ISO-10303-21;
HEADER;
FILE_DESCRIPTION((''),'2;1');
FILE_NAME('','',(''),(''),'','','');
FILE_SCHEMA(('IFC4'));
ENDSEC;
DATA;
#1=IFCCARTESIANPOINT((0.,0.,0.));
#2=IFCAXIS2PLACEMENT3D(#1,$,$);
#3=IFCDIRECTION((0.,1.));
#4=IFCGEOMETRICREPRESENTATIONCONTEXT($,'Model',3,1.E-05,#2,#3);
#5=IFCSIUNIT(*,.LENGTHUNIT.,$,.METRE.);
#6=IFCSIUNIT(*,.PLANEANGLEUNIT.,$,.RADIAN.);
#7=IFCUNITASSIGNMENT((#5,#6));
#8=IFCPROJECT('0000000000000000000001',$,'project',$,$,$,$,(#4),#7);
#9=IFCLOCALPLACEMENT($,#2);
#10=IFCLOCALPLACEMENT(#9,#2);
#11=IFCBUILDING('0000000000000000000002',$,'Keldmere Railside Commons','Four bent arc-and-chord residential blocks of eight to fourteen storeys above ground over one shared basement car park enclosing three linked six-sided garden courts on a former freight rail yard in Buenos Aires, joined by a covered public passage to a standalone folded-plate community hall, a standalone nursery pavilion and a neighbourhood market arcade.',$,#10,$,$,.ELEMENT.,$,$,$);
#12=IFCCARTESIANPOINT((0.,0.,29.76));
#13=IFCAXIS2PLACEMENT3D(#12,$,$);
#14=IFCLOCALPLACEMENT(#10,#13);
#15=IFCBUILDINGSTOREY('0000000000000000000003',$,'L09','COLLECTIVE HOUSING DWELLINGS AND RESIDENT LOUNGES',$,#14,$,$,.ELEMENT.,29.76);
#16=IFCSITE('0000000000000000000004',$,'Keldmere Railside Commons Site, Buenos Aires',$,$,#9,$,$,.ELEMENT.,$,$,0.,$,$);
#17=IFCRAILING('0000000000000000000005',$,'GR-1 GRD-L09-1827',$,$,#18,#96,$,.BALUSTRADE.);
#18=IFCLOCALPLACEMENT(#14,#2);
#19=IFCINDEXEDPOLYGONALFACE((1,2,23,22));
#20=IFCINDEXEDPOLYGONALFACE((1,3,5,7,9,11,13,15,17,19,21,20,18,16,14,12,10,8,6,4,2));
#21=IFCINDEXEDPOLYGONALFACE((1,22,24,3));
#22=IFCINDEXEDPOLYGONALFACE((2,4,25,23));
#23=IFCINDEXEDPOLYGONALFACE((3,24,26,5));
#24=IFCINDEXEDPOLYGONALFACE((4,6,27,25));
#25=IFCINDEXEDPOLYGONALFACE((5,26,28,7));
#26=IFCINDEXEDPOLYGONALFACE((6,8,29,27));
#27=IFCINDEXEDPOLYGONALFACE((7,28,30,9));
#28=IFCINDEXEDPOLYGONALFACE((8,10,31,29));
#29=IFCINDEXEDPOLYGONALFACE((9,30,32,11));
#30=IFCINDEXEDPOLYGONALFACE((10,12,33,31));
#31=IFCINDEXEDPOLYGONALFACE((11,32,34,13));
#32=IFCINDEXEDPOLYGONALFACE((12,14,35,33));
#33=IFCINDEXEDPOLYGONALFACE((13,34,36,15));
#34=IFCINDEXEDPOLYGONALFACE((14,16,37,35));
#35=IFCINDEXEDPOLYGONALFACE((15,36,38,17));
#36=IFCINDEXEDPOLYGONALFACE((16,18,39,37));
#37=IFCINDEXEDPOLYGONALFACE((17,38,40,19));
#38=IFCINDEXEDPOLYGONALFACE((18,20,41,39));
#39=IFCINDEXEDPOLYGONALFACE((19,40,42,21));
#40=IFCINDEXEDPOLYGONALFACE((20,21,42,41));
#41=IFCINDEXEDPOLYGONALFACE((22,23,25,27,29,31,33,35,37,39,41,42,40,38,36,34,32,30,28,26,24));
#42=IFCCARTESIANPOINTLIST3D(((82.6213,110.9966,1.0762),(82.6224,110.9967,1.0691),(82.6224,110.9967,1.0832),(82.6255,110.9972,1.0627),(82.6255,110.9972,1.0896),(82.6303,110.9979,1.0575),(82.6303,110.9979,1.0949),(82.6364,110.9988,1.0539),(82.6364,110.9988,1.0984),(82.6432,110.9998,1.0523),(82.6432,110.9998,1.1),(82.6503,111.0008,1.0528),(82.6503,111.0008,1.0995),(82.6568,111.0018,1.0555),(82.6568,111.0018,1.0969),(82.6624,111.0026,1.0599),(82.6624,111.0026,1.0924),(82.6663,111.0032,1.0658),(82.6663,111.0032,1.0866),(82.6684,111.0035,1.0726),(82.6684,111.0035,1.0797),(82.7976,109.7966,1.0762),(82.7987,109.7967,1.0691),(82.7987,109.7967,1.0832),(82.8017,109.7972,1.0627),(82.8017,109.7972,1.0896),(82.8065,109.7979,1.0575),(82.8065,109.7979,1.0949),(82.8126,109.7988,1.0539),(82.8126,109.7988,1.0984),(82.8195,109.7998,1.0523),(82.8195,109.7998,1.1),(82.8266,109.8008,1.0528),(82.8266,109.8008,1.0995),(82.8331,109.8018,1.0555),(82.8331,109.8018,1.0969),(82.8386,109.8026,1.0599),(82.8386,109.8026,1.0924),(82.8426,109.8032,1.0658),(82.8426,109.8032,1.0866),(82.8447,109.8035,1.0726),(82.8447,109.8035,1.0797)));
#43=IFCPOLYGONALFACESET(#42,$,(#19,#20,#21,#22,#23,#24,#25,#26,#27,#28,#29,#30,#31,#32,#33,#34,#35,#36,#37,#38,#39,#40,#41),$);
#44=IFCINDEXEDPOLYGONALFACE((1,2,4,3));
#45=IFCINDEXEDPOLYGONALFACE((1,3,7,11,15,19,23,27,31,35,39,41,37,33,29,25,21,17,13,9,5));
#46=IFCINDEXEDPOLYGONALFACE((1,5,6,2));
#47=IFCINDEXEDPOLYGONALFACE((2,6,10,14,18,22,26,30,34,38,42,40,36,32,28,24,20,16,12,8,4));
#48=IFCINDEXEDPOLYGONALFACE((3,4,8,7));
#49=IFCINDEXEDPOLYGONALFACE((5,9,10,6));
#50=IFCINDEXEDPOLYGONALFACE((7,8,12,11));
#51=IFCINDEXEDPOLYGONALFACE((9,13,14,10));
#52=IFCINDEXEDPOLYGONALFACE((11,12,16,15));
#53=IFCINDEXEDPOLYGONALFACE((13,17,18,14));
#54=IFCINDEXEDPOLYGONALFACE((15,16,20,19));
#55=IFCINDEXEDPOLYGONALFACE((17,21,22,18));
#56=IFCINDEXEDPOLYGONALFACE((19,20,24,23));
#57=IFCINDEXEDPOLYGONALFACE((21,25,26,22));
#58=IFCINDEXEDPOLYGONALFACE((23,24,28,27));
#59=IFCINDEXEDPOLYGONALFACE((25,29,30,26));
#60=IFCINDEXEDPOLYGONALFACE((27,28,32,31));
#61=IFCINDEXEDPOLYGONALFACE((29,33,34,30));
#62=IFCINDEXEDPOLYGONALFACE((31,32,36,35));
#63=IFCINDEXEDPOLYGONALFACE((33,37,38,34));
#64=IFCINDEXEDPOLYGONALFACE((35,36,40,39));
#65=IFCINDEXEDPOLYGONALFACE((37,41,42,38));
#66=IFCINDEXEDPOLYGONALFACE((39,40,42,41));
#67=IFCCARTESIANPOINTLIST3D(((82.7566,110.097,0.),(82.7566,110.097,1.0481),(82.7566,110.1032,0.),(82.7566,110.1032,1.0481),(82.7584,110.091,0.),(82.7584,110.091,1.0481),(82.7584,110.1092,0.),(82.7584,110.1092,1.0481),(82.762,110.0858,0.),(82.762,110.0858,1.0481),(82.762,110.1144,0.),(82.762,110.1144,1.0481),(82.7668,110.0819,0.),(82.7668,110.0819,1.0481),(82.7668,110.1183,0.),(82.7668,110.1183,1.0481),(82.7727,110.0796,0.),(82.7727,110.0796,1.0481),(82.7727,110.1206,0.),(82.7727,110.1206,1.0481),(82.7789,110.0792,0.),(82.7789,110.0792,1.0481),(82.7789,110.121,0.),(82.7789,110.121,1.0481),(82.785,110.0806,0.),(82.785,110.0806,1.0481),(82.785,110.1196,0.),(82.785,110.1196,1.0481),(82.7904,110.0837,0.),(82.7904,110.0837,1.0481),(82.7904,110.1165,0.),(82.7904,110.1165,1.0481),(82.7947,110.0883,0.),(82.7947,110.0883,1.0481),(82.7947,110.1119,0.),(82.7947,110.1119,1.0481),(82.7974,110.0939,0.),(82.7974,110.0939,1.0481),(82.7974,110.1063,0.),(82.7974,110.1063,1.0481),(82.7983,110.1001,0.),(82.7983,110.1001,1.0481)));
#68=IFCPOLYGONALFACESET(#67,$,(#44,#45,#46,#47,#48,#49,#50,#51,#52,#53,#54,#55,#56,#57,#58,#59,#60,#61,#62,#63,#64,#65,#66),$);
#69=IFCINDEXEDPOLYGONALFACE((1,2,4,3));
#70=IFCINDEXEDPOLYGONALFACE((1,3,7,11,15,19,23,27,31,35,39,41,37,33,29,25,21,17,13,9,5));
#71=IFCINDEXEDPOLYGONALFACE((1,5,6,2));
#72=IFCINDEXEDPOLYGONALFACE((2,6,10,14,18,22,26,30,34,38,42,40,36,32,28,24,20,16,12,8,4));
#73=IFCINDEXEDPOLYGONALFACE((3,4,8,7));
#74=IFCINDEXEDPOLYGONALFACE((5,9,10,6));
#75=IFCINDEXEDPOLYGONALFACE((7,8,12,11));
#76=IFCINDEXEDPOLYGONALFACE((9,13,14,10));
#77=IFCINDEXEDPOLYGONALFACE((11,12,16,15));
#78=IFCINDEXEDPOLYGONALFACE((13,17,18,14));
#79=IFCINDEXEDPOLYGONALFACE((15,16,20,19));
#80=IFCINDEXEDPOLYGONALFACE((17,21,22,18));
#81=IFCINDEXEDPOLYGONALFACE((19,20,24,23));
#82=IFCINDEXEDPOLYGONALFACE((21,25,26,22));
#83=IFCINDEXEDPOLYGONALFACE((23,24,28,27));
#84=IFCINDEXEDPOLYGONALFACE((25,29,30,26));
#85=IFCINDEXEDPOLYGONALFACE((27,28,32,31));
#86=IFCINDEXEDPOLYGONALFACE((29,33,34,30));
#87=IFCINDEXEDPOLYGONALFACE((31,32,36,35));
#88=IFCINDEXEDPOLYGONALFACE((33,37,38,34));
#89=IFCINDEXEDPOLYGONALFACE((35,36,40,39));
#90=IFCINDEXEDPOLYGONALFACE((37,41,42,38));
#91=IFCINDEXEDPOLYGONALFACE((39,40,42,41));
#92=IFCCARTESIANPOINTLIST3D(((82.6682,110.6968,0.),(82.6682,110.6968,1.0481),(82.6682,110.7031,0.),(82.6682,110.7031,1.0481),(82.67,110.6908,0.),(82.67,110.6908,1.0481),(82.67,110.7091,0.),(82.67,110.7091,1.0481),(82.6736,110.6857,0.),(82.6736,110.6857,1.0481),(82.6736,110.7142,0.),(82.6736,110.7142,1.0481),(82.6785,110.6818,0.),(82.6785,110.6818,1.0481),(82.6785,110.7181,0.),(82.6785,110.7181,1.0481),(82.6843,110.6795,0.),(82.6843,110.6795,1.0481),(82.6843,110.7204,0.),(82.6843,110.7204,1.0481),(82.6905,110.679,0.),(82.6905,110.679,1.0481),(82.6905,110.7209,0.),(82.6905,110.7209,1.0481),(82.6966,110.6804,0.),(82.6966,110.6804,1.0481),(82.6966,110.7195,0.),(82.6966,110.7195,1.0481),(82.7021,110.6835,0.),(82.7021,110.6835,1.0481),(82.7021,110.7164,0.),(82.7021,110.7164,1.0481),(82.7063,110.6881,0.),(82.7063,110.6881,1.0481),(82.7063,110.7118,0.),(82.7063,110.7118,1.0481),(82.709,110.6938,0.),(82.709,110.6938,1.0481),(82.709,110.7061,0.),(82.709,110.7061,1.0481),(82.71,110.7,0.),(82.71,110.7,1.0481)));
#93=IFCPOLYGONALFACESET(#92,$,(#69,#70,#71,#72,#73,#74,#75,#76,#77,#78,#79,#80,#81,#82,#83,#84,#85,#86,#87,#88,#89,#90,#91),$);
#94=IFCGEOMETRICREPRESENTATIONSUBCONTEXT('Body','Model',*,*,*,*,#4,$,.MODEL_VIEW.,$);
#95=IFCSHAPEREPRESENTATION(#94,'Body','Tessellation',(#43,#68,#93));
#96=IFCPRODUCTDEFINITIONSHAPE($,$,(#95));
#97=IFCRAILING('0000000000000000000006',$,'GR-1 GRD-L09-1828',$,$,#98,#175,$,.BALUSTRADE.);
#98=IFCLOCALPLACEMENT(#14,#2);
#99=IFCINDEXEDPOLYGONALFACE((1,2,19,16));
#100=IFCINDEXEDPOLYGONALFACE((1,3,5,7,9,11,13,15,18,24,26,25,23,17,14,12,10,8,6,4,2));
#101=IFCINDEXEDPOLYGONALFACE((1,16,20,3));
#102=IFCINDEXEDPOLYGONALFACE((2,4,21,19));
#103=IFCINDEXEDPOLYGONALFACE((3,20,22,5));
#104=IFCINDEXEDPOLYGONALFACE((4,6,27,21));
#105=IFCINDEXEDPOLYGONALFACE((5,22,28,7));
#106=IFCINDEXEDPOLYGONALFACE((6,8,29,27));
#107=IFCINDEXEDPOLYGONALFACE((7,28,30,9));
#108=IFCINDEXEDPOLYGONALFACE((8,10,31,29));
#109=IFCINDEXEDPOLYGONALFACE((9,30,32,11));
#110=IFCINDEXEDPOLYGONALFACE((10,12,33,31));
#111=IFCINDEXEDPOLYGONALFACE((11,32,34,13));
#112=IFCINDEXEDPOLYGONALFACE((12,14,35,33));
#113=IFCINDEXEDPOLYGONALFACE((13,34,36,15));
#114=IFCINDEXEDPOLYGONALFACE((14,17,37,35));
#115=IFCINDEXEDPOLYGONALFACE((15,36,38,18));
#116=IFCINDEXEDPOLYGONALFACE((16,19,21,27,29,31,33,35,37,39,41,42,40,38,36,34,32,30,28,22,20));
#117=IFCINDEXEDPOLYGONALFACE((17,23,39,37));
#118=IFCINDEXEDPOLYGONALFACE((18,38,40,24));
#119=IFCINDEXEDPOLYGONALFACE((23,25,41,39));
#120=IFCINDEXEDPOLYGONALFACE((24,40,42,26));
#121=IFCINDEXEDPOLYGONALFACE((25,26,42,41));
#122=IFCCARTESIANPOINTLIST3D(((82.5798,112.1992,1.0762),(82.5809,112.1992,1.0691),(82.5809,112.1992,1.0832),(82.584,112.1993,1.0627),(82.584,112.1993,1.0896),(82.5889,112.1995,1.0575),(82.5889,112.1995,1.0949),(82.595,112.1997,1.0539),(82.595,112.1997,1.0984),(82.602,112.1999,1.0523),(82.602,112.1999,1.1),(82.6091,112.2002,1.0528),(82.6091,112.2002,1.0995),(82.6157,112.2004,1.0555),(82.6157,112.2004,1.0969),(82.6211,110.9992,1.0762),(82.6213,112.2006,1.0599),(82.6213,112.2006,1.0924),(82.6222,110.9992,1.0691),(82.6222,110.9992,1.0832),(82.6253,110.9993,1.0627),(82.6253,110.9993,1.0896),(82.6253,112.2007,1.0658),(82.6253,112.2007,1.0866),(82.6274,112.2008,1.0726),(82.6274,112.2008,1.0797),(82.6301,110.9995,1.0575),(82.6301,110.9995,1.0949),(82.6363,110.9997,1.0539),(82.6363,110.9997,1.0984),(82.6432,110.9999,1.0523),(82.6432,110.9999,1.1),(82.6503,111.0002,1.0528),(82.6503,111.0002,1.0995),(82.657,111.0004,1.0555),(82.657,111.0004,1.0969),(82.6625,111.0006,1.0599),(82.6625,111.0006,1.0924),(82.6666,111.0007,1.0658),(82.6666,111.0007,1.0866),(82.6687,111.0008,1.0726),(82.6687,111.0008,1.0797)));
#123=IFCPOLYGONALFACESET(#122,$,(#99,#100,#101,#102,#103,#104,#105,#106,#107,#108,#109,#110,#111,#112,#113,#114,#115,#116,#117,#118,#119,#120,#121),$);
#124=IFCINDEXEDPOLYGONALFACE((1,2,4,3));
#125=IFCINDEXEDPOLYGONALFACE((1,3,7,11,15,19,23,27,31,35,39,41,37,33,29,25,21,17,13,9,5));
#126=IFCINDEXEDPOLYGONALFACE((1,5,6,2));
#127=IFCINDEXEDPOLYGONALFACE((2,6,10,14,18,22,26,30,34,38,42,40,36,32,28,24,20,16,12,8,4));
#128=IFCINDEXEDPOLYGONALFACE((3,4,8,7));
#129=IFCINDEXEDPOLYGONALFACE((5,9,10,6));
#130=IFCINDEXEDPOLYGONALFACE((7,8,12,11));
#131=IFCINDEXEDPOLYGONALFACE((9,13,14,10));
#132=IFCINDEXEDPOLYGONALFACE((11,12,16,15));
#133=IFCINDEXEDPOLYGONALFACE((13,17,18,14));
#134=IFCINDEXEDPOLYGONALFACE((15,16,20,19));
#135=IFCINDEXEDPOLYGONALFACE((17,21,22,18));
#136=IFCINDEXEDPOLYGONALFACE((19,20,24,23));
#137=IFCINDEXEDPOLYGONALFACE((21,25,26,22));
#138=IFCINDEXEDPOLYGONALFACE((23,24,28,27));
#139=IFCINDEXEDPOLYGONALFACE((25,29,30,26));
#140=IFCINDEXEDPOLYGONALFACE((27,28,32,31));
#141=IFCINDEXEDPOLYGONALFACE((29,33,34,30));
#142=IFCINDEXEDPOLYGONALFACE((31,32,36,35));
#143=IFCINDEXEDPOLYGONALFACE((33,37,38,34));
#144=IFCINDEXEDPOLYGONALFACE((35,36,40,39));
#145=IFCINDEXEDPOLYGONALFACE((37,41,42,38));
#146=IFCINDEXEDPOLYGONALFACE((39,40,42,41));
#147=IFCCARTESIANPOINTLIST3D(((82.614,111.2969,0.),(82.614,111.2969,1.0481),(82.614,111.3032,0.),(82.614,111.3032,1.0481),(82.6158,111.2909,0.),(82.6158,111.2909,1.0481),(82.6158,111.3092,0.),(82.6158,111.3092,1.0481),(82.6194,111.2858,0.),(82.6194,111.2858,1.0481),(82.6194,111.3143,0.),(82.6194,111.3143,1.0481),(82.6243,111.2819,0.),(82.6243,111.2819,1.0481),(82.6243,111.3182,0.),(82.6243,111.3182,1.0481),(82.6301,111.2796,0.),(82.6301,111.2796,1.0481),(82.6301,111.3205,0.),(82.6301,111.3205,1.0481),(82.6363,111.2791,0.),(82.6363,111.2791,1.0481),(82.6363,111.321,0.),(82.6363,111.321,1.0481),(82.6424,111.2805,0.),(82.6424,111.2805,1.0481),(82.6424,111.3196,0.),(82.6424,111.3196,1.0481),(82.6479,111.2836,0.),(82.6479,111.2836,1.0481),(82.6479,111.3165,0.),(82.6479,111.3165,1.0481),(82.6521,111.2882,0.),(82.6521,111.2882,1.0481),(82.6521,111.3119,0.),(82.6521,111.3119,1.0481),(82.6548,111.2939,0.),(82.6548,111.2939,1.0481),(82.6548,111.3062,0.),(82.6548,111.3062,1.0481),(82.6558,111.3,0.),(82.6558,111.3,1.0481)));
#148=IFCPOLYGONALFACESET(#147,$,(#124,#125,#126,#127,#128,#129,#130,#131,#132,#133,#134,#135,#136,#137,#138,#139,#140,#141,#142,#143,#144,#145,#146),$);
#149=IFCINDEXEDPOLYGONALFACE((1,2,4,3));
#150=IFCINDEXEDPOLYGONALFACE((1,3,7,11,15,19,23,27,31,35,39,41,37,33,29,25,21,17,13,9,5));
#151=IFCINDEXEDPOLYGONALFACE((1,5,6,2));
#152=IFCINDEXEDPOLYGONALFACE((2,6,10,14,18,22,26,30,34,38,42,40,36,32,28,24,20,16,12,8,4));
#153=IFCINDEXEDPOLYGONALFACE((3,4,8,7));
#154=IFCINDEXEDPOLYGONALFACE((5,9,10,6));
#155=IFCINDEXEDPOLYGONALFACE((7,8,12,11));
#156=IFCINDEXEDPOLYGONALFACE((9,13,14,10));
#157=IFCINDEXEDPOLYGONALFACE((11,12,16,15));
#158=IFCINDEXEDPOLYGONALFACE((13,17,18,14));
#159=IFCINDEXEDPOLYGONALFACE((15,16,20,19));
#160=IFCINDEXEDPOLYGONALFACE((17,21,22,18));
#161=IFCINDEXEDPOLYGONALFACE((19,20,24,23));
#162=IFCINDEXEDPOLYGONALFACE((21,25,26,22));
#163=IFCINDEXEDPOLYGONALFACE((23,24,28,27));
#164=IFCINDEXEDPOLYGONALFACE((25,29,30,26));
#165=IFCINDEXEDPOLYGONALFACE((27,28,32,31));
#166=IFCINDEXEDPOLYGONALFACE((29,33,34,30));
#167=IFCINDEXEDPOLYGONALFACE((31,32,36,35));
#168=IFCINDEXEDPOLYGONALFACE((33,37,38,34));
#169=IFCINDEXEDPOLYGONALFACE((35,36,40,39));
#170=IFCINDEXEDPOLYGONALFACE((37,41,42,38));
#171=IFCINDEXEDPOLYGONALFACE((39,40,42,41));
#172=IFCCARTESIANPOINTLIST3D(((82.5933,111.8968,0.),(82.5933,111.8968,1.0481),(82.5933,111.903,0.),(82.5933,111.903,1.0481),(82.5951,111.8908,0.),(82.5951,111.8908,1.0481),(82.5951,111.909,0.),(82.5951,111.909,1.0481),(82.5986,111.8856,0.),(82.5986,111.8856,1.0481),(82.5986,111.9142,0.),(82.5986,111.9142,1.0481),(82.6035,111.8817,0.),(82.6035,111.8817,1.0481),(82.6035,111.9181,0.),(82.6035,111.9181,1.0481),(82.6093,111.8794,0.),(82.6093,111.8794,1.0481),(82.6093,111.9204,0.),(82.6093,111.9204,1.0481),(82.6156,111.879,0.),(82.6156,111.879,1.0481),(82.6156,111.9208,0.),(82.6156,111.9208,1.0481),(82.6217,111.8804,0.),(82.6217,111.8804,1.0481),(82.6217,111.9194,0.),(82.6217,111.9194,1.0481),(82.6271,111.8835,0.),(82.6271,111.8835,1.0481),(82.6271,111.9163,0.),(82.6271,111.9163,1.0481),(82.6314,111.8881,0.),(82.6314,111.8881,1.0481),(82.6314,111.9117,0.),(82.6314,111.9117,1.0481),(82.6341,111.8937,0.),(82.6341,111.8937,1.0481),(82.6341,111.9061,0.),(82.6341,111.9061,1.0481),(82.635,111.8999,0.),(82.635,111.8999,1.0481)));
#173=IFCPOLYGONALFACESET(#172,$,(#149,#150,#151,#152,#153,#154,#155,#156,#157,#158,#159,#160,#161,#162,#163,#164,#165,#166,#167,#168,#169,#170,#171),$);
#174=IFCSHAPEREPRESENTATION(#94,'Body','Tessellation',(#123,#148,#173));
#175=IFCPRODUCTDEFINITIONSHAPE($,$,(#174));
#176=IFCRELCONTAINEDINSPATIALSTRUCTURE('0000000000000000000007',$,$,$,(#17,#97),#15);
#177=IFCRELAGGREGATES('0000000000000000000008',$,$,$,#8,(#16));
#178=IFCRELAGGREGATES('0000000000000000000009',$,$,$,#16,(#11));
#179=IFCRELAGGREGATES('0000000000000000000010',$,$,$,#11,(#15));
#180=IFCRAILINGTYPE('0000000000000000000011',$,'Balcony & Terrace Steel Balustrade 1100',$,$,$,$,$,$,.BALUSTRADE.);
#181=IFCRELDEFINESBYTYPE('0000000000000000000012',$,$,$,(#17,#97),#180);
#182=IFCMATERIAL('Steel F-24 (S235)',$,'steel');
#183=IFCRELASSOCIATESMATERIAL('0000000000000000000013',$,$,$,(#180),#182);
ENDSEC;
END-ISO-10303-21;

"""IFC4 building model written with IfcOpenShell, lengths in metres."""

from ifc_helpers import new_model, si_unit, direction, frame, origin, origin_2d, place, context, subcontext, project, spatial, circle, extrude, material, type_object, element, save


model = new_model("IFC4")

# Units and contexts
model_context = context("Model", 3, precision=1e-05, world=origin(), true_north=direction((0.0, 1.0)))
body_context = subcontext(model_context, "Body", "Model", "MODEL_VIEW")
ifc_project = project(units=[si_unit("LENGTHUNIT", "METRE"), si_unit("PLANEANGLEUNIT", "RADIAN")], contexts=[model_context])

# Site, building, storey
site_placement = place(None, origin())
site = spatial("IfcSite", under=ifc_project, at=site_placement, Name="Keldmere Railside Commons Site, Buenos Aires", CompositionType="ELEMENT", RefElevation=0.0)
building_placement = place(site_placement, origin())
building = spatial("IfcBuilding", under=site, at=building_placement, Name="Keldmere Railside Commons", Description="Four bent arc-and-chord residential blocks of eight to fourteen storeys above ground over one shared basement car park enclosing three linked six-sided garden courts on a former freight rail yard in Buenos Aires, joined by a covered public passage to a standalone folded-plate community hall, a standalone nursery pavilion and a neighbourhood market arcade.", CompositionType="ELEMENT")
storey_placement = place(building_placement, frame((0.0, 0.0, 29.76)))
storey = spatial("IfcBuildingStorey", under=building, at=storey_placement, Name="L09", Description="COLLECTIVE HOUSING DWELLINGS AND RESIDENT LOUNGES", CompositionType="ELEMENT", Elevation=29.76)

# Shared definitions
ifc_material_1 = material(Name="Steel F-24 (S235)", Category="steel")

# Railings
railing_type_1 = type_object("IfcRailingType", Name="Balcony & Terrace Steel Balustrade 1100", PredefinedType="BALUSTRADE", material=ifc_material_1)
railing_1_placement = place(storey_placement, frame((82.8213, 109.8, 0.0)))
element("IfcRailing", 1, at=railing_1_placement, inside=storey, type_object=railing_type_1, Name="GR-1 GRD-L09-1827", PredefinedType="BALUSTRADE", context=body_context, shape_type="SweptSolid", body=[
    extrude(circle(Radius=0.0239, at=origin_2d()), frame((0.0, 0.0, 1.0762), z_axis=(-0.145338, 0.989382, 0.0), x_axis=(-0.989382, -0.145338, 0.0)), (0.0, 0.0, 1.0), 1.2129),
    extrude(circle(Radius=0.021, at=origin_2d()), frame((-0.0439, 0.3, 0.0)), (0.0, 0.0, 1.0), 1.0481),
    extrude(circle(Radius=0.021, at=origin_2d()), frame((-0.1323, 0.8999, 0.0)), (0.0, 0.0, 1.0), 1.0481),
])
railing_2_placement = place(storey_placement, frame((82.645, 111.0, 0.0)))
element("IfcRailing", 2, at=railing_2_placement, inside=storey, type_object=railing_type_1, Name="GR-1 GRD-L09-1828", PredefinedType="BALUSTRADE", context=body_context, shape_type="SweptSolid", body=[
    extrude(circle(Radius=0.0239, at=origin_2d()), frame((0.0, 0.0, 1.0762), z_axis=(-0.034364, 0.999409, 0.0), x_axis=(-0.999409, -0.034364, 0.0)), (0.0, 0.0, 1.0), 1.2007),
    extrude(circle(Radius=0.021, at=origin_2d()), frame((-0.0103, 0.3, 0.0)), (0.0, 0.0, 1.0), 1.0481),
    extrude(circle(Radius=0.021, at=origin_2d()), frame((-0.031, 0.8999, 0.0)), (0.0, 0.0, 1.0), 1.0481),
])

save(model, "model.ifc")
